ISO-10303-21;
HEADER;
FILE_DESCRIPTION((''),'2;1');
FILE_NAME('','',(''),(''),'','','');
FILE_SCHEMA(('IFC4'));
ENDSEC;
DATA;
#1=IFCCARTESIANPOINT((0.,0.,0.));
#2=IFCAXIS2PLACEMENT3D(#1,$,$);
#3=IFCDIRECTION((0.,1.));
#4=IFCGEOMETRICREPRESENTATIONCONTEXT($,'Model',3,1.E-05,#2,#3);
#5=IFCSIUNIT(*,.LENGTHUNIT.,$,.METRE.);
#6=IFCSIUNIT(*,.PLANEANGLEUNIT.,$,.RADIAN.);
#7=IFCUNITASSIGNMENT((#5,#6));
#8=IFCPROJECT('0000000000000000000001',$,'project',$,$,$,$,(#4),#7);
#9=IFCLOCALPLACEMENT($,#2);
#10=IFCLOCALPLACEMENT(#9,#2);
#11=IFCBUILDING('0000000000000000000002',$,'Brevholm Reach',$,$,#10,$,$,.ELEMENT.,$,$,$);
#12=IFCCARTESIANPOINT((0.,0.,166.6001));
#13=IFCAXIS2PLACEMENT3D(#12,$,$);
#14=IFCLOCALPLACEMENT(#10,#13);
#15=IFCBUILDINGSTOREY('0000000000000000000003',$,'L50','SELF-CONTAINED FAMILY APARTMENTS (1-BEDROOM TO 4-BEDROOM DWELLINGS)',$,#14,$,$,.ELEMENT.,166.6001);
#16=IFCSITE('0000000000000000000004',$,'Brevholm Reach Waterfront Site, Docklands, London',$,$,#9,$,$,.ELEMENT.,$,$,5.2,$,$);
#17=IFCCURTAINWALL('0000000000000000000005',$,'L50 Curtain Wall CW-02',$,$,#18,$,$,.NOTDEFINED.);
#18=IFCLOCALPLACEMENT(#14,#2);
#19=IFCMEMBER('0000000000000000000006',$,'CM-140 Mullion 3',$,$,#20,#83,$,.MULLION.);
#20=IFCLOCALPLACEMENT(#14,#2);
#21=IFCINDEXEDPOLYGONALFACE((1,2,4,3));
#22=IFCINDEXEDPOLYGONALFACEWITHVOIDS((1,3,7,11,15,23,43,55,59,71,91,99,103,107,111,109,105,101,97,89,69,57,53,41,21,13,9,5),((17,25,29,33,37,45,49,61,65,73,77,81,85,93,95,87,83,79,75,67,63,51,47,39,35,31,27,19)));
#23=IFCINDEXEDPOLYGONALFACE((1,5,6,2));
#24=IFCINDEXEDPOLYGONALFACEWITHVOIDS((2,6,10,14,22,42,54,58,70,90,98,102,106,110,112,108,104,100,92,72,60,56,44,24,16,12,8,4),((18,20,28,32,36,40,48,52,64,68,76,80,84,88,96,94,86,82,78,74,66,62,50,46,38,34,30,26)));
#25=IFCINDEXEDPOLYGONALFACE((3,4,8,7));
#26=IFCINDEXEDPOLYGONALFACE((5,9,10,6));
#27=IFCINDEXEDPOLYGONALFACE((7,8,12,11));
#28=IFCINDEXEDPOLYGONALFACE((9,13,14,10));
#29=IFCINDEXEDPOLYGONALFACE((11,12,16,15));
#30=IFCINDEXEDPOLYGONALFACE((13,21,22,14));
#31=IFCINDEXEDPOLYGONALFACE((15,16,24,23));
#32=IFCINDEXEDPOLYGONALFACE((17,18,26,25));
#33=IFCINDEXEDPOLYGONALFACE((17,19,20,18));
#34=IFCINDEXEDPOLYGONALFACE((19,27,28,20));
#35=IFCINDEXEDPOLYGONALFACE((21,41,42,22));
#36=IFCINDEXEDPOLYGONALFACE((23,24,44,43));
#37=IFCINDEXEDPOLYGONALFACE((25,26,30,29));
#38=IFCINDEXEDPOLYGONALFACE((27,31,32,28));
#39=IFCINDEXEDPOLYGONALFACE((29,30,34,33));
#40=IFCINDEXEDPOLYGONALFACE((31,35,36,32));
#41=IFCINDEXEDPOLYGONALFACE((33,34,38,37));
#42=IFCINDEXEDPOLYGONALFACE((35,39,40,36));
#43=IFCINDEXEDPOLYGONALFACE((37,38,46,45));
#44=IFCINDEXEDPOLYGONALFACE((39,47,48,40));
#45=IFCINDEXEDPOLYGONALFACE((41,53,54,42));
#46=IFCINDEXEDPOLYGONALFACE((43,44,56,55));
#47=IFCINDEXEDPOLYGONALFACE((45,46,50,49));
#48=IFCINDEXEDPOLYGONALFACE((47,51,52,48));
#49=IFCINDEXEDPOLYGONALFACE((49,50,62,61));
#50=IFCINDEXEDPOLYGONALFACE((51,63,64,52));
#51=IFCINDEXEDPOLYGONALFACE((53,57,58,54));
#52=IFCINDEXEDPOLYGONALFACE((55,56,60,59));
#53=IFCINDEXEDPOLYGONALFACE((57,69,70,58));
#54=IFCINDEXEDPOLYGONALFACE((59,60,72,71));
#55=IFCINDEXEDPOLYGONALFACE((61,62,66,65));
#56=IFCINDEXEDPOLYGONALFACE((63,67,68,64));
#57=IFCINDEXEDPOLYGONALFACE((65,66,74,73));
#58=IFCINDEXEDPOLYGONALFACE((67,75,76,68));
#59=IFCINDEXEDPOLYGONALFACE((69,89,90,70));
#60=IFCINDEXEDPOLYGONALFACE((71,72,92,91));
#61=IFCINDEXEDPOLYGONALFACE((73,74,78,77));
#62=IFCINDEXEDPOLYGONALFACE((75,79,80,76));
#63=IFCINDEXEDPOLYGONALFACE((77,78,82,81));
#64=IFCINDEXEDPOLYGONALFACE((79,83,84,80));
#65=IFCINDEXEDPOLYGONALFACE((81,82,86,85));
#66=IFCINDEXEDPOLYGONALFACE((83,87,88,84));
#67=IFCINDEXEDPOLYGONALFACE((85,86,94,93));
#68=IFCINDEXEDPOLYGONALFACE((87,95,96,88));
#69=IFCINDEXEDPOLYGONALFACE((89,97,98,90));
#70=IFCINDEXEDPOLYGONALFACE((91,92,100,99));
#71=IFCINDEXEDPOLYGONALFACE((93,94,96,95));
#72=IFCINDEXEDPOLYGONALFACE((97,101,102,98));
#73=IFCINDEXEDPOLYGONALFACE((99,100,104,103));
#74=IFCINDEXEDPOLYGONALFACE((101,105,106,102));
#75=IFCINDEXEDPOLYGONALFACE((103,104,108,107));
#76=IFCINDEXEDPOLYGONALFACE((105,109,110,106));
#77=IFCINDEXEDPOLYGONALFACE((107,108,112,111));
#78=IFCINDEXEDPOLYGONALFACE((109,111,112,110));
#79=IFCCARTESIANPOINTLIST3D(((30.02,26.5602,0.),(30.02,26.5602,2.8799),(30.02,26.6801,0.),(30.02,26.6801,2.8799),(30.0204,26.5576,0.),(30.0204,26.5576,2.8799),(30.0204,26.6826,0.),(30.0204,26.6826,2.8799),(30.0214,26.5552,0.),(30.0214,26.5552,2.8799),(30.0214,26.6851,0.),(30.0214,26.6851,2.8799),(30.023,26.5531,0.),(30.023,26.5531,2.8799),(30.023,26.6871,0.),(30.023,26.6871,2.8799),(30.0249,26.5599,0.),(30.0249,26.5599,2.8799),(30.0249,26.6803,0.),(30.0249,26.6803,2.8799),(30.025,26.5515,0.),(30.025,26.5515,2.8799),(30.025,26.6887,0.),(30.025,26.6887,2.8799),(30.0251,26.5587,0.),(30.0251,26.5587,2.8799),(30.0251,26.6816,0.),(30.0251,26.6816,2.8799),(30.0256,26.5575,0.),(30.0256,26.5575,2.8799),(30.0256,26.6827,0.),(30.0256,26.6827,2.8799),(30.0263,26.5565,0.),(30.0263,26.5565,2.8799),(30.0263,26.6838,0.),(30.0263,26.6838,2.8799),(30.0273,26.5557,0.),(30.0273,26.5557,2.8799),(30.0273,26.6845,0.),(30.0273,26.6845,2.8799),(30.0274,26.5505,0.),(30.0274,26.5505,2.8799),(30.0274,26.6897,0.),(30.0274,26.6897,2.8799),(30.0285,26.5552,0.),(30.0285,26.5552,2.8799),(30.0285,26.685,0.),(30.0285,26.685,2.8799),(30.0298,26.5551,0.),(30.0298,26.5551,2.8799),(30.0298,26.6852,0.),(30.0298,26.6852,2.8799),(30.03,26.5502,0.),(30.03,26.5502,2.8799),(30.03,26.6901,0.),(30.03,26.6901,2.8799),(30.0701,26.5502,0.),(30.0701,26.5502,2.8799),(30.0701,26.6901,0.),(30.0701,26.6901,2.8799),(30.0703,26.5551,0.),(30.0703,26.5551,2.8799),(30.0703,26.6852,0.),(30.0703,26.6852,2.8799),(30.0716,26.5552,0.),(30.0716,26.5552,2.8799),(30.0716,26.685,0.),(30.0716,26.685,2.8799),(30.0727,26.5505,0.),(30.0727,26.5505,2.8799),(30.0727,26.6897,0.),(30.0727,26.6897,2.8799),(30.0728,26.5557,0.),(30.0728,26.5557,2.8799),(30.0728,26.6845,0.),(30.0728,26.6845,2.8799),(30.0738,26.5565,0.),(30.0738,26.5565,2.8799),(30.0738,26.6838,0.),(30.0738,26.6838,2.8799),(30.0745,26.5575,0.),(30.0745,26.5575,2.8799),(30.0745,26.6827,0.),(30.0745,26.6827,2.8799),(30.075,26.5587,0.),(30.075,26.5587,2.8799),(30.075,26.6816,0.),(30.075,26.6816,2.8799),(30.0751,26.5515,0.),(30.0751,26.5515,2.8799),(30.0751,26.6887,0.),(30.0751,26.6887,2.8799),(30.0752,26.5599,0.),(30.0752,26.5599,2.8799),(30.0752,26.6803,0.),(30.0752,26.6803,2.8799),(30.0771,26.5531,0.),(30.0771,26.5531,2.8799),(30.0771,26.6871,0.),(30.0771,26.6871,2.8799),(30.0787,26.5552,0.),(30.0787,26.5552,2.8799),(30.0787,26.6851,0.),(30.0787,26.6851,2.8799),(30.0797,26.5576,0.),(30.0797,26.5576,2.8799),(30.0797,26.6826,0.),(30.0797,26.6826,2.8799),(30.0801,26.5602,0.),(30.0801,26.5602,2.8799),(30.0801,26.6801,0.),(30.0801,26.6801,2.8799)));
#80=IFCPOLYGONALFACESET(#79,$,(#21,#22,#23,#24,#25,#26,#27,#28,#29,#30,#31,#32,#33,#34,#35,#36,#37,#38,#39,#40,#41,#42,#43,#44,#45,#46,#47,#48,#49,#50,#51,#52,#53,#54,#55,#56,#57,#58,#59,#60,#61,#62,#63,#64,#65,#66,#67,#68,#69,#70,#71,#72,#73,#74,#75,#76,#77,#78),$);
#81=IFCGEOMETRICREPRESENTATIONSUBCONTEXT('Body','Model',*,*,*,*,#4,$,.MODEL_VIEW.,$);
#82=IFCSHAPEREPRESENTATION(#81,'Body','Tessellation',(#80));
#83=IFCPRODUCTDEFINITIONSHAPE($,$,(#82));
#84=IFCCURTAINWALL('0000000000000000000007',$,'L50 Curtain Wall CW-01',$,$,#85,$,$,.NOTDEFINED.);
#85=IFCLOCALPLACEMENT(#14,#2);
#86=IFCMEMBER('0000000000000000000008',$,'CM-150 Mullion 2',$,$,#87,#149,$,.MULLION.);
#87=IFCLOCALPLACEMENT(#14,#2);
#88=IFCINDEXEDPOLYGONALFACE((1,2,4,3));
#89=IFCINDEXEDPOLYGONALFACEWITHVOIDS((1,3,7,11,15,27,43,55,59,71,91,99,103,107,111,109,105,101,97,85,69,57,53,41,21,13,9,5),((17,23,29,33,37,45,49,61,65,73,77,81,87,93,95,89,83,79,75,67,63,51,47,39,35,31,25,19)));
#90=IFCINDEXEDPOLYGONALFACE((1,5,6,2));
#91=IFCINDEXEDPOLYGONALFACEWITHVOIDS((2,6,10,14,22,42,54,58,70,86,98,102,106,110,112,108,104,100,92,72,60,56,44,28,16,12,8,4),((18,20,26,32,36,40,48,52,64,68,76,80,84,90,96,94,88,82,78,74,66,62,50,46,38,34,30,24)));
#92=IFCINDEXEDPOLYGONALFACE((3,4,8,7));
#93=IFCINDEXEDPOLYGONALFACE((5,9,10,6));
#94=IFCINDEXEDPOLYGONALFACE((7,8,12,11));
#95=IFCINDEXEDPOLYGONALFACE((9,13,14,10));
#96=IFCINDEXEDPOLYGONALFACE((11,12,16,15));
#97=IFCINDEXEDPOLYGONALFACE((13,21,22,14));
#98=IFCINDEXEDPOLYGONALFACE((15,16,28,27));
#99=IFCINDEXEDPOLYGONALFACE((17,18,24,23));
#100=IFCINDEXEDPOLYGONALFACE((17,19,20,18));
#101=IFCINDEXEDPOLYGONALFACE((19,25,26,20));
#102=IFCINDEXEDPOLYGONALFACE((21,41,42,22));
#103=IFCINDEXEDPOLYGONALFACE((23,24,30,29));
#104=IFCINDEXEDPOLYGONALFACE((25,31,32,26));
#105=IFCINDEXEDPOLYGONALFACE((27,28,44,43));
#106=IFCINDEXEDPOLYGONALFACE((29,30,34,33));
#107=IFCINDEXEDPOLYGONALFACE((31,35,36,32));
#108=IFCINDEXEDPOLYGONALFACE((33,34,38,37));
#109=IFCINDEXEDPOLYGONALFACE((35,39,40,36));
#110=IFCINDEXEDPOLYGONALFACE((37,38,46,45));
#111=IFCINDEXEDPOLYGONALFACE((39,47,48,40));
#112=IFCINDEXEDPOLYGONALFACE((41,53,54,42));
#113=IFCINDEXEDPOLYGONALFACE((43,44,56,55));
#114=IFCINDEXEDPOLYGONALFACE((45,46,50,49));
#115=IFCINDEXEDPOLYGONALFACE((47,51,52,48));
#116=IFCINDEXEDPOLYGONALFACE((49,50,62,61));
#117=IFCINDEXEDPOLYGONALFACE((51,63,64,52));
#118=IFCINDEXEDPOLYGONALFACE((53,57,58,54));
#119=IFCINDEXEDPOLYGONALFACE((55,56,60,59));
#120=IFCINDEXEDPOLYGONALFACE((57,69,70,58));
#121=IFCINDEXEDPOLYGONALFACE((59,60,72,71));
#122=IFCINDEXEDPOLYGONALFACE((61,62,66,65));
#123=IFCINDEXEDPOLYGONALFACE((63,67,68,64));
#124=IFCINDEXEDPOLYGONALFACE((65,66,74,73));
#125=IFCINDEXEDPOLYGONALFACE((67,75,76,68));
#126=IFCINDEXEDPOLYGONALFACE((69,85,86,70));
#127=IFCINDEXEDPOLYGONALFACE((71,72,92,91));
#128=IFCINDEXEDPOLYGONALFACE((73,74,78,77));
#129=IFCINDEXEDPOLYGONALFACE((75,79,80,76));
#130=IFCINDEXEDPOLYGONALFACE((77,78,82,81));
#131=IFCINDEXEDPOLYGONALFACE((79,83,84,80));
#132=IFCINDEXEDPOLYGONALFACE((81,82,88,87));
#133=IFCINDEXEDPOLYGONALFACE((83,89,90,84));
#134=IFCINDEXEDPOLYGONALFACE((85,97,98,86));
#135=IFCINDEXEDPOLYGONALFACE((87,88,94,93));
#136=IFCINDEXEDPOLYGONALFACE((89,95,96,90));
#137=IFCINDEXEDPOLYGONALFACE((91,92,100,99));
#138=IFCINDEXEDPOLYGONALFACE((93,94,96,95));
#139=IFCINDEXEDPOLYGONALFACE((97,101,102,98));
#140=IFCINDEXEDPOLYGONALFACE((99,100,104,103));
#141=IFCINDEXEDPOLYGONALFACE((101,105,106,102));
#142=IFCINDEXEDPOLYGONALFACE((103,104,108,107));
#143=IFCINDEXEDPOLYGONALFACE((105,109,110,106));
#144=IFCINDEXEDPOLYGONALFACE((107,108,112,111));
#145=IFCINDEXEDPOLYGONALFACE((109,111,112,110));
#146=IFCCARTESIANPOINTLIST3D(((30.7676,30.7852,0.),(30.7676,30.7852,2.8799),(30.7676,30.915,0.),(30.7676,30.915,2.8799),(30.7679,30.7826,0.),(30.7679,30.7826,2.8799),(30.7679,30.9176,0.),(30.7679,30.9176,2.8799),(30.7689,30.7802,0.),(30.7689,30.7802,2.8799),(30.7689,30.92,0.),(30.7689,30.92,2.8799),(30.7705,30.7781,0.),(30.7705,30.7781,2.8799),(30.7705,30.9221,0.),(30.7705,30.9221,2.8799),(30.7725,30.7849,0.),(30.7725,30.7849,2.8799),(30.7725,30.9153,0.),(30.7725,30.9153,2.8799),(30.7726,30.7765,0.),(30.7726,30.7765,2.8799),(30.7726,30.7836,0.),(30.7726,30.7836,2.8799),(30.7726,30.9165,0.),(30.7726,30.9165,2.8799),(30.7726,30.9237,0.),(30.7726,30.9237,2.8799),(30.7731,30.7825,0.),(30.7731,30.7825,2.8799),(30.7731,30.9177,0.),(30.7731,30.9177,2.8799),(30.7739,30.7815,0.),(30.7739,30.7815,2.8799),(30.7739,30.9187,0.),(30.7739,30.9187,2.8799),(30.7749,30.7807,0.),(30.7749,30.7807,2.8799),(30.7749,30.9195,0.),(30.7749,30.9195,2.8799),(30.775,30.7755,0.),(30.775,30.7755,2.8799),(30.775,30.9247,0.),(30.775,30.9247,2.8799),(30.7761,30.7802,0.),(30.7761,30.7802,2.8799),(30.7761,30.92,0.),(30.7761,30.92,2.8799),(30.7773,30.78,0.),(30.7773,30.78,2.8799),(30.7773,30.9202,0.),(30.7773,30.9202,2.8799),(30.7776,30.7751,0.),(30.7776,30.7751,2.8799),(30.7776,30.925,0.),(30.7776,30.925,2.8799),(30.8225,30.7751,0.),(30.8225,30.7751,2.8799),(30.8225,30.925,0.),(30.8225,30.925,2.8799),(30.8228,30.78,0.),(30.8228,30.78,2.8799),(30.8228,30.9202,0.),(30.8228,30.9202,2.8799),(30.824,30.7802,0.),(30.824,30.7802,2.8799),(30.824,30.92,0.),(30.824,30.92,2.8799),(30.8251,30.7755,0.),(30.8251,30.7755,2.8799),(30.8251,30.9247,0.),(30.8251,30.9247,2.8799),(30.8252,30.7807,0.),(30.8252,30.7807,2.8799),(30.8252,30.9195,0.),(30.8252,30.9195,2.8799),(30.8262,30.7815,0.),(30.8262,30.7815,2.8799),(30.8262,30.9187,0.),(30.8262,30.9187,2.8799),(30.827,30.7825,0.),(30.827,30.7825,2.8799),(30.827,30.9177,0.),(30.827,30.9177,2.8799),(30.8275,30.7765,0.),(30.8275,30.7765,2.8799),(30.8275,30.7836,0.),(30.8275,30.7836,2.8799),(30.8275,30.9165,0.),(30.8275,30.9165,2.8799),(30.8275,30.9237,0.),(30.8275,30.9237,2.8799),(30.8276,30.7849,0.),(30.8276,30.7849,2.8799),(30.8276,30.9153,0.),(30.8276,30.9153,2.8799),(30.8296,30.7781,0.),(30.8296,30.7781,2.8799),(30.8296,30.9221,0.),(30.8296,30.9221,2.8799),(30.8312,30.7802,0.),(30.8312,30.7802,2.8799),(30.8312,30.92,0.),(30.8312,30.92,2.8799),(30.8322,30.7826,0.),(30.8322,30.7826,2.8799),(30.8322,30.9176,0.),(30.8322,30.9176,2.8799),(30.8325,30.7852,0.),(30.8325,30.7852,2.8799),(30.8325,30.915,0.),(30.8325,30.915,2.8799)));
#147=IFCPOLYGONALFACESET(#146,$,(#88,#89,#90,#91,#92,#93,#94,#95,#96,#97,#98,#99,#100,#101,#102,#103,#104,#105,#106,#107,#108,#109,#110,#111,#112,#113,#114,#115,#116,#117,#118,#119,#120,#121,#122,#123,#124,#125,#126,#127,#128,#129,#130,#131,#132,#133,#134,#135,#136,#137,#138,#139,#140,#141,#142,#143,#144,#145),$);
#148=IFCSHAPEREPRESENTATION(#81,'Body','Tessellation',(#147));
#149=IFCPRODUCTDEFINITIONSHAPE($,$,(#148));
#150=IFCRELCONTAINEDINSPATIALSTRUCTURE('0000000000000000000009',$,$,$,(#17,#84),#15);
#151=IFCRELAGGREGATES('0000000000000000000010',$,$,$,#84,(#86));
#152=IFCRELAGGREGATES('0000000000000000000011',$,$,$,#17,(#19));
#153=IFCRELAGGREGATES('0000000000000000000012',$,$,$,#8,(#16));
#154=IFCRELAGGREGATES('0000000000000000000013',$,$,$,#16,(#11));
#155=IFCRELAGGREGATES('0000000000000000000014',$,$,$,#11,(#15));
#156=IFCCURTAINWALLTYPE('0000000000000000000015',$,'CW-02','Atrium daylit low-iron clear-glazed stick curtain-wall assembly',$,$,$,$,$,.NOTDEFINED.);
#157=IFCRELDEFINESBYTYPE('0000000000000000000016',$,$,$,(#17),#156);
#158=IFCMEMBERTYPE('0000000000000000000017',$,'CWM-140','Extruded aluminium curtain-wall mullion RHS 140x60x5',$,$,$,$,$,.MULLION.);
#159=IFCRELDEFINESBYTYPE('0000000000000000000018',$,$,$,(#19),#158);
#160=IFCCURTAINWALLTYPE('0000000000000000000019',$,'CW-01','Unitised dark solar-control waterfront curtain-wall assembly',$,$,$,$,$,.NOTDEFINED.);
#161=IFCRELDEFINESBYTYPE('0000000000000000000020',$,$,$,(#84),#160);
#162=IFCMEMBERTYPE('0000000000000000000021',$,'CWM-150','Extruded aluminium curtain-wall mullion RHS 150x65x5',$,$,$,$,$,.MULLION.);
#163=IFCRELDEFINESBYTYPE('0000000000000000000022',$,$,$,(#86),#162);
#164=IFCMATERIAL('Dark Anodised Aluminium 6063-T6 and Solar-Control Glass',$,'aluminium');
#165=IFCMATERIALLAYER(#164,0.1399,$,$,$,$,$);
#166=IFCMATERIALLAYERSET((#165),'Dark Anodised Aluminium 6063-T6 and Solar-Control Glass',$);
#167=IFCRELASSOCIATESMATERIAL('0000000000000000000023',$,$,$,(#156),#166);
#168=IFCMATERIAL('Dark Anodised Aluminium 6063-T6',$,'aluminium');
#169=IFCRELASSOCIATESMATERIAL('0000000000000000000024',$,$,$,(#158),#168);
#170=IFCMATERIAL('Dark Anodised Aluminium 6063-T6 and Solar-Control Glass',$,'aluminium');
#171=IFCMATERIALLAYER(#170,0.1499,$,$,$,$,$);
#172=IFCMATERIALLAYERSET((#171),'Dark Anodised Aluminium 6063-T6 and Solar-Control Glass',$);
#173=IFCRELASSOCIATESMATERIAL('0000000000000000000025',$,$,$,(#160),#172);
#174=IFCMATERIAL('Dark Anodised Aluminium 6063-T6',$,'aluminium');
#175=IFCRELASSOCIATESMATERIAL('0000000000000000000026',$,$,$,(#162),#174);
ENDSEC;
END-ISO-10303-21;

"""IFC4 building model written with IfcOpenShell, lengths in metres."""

from ifc_helpers import new_model, si_unit, direction, frame, origin, origin_2d, place, context, subcontext, project, spatial, hollow_rectangle, extrude, material, layer, layer_set, material_profile, profile_set, type_object, element, aggregate, save


model = new_model("IFC4")

# Units and contexts
model_context = context("Model", 3, precision=1e-05, world=origin(), true_north=direction((0.0, 1.0)))
body_context = subcontext(model_context, "Body", "Model", "MODEL_VIEW")
ifc_project = project(units=[si_unit("LENGTHUNIT", "METRE"), si_unit("PLANEANGLEUNIT", "RADIAN")], contexts=[model_context])

# Site, building, storey
site_placement = place(None, origin())
site = spatial("IfcSite", under=ifc_project, at=site_placement, Name="Brevholm Reach Waterfront Site, Docklands, London", CompositionType="ELEMENT", RefElevation=5.2)
building_placement = place(site_placement, origin())
building = spatial("IfcBuilding", under=site, at=building_placement, Name="Brevholm Reach", CompositionType="ELEMENT")
storey_placement = place(building_placement, frame((0.0, 0.0, 166.6001)))
storey = spatial("IfcBuildingStorey", under=building, at=storey_placement, Name="L50", Description="SELF-CONTAINED FAMILY APARTMENTS (1-BEDROOM TO 4-BEDROOM DWELLINGS)", CompositionType="ELEMENT", Elevation=166.6001)

# Curtain walls, members
ifc_material_1 = material(Name="Dark Anodised Aluminium 6063-T6 and Solar-Control Glass", Category="aluminium")
ifc_layer_1 = layer(ifc_material_1, 0.1399)
ifc_layer_set_1 = layer_set([ifc_layer_1], Name="Dark Anodised Aluminium 6063-T6 and Solar-Control Glass")
curtain_wall_type_1 = type_object("IfcCurtainWallType", Name="CW-02", Description="Atrium daylit low-iron clear-glazed stick curtain-wall assembly", PredefinedType="NOTDEFINED", material=ifc_layer_set_1)
curtain_wall_1_placement = place(storey_placement, origin())
curtain_wall_1 = element("IfcCurtainWall", 1, at=curtain_wall_1_placement, inside=storey, type_object=curtain_wall_type_1, Name="L50 Curtain Wall CW-02", PredefinedType="NOTDEFINED")
ifc_material_2 = material(Name="Dark Anodised Aluminium 6063-T6", Category="aluminium")
ifc_material_profile_1 = material_profile(ifc_material_2, hollow_rectangle(XDim=0.0601, YDim=0.1399, WallThickness=0.0049, InnerFilletRadius=0.0049, OuterFilletRadius=0.01, at=origin_2d()), Name="RHS 140x60x5")
ifc_profile_set_1 = profile_set([ifc_material_profile_1], Name="Dark Anodised Aluminium 6063-T6")
member_type_1 = type_object("IfcMemberType", Name="CWM-140", Description="Extruded aluminium curtain-wall mullion RHS 140x60x5", PredefinedType="MULLION", material=ifc_profile_set_1)
member_1_placement = place(storey_placement, frame((30.05, 26.6201, 0.0), z_axis=(0.0, 0.0, 1.0), x_axis=(-1.0, 0.0, 0.0)))
member_1 = element("IfcMember", 2, at=member_1_placement, type_object=member_type_1, Name="CM-140 Mullion 3", PredefinedType="MULLION", context=body_context, shape_type="SweptSolid", body=[
    extrude(hollow_rectangle(XDim=0.0601, YDim=0.1399, WallThickness=0.0049, InnerFilletRadius=0.0049, OuterFilletRadius=0.01, at=origin_2d()), origin(), (0.0, 0.0, 1.0), 2.8799),
])
ifc_material_3 = material(Name="Dark Anodised Aluminium 6063-T6 and Solar-Control Glass", Category="aluminium")
ifc_layer_2 = layer(ifc_material_3, 0.1499)
ifc_layer_set_2 = layer_set([ifc_layer_2], Name="Dark Anodised Aluminium 6063-T6 and Solar-Control Glass")
curtain_wall_type_2 = type_object("IfcCurtainWallType", Name="CW-01", Description="Unitised dark solar-control waterfront curtain-wall assembly", PredefinedType="NOTDEFINED", material=ifc_layer_set_2)
curtain_wall_2_placement = place(storey_placement, origin())
curtain_wall_2 = element("IfcCurtainWall", 3, at=curtain_wall_2_placement, inside=storey, type_object=curtain_wall_type_2, Name="L50 Curtain Wall CW-01", PredefinedType="NOTDEFINED")
ifc_material_4 = material(Name="Dark Anodised Aluminium 6063-T6", Category="aluminium")
ifc_material_profile_2 = material_profile(ifc_material_4, hollow_rectangle(XDim=0.0649, YDim=0.1499, WallThickness=0.0049, InnerFilletRadius=0.0049, OuterFilletRadius=0.01, at=origin_2d()), Name="RHS 150x65x5")
ifc_profile_set_2 = profile_set([ifc_material_profile_2], Name="Dark Anodised Aluminium 6063-T6")
member_type_2 = type_object("IfcMemberType", Name="CWM-150", Description="Extruded aluminium curtain-wall mullion RHS 150x65x5", PredefinedType="MULLION", material=ifc_profile_set_2)
member_2_placement = place(storey_placement, frame((30.8, 30.8501, 0.0), z_axis=(0.0, 0.0, 1.0), x_axis=(1.0, 0.0, 0.0)))
member_2 = element("IfcMember", 4, at=member_2_placement, type_object=member_type_2, Name="CM-150 Mullion 2", PredefinedType="MULLION", context=body_context, shape_type="SweptSolid", body=[
    extrude(hollow_rectangle(XDim=0.0649, YDim=0.1499, WallThickness=0.0049, InnerFilletRadius=0.0049, OuterFilletRadius=0.01, at=origin_2d()), origin(), (0.0, 0.0, 1.0), 2.8799),
])

aggregate(curtain_wall_2, [member_2])
aggregate(curtain_wall_1, [member_1])

save(model, "model.ifc")
